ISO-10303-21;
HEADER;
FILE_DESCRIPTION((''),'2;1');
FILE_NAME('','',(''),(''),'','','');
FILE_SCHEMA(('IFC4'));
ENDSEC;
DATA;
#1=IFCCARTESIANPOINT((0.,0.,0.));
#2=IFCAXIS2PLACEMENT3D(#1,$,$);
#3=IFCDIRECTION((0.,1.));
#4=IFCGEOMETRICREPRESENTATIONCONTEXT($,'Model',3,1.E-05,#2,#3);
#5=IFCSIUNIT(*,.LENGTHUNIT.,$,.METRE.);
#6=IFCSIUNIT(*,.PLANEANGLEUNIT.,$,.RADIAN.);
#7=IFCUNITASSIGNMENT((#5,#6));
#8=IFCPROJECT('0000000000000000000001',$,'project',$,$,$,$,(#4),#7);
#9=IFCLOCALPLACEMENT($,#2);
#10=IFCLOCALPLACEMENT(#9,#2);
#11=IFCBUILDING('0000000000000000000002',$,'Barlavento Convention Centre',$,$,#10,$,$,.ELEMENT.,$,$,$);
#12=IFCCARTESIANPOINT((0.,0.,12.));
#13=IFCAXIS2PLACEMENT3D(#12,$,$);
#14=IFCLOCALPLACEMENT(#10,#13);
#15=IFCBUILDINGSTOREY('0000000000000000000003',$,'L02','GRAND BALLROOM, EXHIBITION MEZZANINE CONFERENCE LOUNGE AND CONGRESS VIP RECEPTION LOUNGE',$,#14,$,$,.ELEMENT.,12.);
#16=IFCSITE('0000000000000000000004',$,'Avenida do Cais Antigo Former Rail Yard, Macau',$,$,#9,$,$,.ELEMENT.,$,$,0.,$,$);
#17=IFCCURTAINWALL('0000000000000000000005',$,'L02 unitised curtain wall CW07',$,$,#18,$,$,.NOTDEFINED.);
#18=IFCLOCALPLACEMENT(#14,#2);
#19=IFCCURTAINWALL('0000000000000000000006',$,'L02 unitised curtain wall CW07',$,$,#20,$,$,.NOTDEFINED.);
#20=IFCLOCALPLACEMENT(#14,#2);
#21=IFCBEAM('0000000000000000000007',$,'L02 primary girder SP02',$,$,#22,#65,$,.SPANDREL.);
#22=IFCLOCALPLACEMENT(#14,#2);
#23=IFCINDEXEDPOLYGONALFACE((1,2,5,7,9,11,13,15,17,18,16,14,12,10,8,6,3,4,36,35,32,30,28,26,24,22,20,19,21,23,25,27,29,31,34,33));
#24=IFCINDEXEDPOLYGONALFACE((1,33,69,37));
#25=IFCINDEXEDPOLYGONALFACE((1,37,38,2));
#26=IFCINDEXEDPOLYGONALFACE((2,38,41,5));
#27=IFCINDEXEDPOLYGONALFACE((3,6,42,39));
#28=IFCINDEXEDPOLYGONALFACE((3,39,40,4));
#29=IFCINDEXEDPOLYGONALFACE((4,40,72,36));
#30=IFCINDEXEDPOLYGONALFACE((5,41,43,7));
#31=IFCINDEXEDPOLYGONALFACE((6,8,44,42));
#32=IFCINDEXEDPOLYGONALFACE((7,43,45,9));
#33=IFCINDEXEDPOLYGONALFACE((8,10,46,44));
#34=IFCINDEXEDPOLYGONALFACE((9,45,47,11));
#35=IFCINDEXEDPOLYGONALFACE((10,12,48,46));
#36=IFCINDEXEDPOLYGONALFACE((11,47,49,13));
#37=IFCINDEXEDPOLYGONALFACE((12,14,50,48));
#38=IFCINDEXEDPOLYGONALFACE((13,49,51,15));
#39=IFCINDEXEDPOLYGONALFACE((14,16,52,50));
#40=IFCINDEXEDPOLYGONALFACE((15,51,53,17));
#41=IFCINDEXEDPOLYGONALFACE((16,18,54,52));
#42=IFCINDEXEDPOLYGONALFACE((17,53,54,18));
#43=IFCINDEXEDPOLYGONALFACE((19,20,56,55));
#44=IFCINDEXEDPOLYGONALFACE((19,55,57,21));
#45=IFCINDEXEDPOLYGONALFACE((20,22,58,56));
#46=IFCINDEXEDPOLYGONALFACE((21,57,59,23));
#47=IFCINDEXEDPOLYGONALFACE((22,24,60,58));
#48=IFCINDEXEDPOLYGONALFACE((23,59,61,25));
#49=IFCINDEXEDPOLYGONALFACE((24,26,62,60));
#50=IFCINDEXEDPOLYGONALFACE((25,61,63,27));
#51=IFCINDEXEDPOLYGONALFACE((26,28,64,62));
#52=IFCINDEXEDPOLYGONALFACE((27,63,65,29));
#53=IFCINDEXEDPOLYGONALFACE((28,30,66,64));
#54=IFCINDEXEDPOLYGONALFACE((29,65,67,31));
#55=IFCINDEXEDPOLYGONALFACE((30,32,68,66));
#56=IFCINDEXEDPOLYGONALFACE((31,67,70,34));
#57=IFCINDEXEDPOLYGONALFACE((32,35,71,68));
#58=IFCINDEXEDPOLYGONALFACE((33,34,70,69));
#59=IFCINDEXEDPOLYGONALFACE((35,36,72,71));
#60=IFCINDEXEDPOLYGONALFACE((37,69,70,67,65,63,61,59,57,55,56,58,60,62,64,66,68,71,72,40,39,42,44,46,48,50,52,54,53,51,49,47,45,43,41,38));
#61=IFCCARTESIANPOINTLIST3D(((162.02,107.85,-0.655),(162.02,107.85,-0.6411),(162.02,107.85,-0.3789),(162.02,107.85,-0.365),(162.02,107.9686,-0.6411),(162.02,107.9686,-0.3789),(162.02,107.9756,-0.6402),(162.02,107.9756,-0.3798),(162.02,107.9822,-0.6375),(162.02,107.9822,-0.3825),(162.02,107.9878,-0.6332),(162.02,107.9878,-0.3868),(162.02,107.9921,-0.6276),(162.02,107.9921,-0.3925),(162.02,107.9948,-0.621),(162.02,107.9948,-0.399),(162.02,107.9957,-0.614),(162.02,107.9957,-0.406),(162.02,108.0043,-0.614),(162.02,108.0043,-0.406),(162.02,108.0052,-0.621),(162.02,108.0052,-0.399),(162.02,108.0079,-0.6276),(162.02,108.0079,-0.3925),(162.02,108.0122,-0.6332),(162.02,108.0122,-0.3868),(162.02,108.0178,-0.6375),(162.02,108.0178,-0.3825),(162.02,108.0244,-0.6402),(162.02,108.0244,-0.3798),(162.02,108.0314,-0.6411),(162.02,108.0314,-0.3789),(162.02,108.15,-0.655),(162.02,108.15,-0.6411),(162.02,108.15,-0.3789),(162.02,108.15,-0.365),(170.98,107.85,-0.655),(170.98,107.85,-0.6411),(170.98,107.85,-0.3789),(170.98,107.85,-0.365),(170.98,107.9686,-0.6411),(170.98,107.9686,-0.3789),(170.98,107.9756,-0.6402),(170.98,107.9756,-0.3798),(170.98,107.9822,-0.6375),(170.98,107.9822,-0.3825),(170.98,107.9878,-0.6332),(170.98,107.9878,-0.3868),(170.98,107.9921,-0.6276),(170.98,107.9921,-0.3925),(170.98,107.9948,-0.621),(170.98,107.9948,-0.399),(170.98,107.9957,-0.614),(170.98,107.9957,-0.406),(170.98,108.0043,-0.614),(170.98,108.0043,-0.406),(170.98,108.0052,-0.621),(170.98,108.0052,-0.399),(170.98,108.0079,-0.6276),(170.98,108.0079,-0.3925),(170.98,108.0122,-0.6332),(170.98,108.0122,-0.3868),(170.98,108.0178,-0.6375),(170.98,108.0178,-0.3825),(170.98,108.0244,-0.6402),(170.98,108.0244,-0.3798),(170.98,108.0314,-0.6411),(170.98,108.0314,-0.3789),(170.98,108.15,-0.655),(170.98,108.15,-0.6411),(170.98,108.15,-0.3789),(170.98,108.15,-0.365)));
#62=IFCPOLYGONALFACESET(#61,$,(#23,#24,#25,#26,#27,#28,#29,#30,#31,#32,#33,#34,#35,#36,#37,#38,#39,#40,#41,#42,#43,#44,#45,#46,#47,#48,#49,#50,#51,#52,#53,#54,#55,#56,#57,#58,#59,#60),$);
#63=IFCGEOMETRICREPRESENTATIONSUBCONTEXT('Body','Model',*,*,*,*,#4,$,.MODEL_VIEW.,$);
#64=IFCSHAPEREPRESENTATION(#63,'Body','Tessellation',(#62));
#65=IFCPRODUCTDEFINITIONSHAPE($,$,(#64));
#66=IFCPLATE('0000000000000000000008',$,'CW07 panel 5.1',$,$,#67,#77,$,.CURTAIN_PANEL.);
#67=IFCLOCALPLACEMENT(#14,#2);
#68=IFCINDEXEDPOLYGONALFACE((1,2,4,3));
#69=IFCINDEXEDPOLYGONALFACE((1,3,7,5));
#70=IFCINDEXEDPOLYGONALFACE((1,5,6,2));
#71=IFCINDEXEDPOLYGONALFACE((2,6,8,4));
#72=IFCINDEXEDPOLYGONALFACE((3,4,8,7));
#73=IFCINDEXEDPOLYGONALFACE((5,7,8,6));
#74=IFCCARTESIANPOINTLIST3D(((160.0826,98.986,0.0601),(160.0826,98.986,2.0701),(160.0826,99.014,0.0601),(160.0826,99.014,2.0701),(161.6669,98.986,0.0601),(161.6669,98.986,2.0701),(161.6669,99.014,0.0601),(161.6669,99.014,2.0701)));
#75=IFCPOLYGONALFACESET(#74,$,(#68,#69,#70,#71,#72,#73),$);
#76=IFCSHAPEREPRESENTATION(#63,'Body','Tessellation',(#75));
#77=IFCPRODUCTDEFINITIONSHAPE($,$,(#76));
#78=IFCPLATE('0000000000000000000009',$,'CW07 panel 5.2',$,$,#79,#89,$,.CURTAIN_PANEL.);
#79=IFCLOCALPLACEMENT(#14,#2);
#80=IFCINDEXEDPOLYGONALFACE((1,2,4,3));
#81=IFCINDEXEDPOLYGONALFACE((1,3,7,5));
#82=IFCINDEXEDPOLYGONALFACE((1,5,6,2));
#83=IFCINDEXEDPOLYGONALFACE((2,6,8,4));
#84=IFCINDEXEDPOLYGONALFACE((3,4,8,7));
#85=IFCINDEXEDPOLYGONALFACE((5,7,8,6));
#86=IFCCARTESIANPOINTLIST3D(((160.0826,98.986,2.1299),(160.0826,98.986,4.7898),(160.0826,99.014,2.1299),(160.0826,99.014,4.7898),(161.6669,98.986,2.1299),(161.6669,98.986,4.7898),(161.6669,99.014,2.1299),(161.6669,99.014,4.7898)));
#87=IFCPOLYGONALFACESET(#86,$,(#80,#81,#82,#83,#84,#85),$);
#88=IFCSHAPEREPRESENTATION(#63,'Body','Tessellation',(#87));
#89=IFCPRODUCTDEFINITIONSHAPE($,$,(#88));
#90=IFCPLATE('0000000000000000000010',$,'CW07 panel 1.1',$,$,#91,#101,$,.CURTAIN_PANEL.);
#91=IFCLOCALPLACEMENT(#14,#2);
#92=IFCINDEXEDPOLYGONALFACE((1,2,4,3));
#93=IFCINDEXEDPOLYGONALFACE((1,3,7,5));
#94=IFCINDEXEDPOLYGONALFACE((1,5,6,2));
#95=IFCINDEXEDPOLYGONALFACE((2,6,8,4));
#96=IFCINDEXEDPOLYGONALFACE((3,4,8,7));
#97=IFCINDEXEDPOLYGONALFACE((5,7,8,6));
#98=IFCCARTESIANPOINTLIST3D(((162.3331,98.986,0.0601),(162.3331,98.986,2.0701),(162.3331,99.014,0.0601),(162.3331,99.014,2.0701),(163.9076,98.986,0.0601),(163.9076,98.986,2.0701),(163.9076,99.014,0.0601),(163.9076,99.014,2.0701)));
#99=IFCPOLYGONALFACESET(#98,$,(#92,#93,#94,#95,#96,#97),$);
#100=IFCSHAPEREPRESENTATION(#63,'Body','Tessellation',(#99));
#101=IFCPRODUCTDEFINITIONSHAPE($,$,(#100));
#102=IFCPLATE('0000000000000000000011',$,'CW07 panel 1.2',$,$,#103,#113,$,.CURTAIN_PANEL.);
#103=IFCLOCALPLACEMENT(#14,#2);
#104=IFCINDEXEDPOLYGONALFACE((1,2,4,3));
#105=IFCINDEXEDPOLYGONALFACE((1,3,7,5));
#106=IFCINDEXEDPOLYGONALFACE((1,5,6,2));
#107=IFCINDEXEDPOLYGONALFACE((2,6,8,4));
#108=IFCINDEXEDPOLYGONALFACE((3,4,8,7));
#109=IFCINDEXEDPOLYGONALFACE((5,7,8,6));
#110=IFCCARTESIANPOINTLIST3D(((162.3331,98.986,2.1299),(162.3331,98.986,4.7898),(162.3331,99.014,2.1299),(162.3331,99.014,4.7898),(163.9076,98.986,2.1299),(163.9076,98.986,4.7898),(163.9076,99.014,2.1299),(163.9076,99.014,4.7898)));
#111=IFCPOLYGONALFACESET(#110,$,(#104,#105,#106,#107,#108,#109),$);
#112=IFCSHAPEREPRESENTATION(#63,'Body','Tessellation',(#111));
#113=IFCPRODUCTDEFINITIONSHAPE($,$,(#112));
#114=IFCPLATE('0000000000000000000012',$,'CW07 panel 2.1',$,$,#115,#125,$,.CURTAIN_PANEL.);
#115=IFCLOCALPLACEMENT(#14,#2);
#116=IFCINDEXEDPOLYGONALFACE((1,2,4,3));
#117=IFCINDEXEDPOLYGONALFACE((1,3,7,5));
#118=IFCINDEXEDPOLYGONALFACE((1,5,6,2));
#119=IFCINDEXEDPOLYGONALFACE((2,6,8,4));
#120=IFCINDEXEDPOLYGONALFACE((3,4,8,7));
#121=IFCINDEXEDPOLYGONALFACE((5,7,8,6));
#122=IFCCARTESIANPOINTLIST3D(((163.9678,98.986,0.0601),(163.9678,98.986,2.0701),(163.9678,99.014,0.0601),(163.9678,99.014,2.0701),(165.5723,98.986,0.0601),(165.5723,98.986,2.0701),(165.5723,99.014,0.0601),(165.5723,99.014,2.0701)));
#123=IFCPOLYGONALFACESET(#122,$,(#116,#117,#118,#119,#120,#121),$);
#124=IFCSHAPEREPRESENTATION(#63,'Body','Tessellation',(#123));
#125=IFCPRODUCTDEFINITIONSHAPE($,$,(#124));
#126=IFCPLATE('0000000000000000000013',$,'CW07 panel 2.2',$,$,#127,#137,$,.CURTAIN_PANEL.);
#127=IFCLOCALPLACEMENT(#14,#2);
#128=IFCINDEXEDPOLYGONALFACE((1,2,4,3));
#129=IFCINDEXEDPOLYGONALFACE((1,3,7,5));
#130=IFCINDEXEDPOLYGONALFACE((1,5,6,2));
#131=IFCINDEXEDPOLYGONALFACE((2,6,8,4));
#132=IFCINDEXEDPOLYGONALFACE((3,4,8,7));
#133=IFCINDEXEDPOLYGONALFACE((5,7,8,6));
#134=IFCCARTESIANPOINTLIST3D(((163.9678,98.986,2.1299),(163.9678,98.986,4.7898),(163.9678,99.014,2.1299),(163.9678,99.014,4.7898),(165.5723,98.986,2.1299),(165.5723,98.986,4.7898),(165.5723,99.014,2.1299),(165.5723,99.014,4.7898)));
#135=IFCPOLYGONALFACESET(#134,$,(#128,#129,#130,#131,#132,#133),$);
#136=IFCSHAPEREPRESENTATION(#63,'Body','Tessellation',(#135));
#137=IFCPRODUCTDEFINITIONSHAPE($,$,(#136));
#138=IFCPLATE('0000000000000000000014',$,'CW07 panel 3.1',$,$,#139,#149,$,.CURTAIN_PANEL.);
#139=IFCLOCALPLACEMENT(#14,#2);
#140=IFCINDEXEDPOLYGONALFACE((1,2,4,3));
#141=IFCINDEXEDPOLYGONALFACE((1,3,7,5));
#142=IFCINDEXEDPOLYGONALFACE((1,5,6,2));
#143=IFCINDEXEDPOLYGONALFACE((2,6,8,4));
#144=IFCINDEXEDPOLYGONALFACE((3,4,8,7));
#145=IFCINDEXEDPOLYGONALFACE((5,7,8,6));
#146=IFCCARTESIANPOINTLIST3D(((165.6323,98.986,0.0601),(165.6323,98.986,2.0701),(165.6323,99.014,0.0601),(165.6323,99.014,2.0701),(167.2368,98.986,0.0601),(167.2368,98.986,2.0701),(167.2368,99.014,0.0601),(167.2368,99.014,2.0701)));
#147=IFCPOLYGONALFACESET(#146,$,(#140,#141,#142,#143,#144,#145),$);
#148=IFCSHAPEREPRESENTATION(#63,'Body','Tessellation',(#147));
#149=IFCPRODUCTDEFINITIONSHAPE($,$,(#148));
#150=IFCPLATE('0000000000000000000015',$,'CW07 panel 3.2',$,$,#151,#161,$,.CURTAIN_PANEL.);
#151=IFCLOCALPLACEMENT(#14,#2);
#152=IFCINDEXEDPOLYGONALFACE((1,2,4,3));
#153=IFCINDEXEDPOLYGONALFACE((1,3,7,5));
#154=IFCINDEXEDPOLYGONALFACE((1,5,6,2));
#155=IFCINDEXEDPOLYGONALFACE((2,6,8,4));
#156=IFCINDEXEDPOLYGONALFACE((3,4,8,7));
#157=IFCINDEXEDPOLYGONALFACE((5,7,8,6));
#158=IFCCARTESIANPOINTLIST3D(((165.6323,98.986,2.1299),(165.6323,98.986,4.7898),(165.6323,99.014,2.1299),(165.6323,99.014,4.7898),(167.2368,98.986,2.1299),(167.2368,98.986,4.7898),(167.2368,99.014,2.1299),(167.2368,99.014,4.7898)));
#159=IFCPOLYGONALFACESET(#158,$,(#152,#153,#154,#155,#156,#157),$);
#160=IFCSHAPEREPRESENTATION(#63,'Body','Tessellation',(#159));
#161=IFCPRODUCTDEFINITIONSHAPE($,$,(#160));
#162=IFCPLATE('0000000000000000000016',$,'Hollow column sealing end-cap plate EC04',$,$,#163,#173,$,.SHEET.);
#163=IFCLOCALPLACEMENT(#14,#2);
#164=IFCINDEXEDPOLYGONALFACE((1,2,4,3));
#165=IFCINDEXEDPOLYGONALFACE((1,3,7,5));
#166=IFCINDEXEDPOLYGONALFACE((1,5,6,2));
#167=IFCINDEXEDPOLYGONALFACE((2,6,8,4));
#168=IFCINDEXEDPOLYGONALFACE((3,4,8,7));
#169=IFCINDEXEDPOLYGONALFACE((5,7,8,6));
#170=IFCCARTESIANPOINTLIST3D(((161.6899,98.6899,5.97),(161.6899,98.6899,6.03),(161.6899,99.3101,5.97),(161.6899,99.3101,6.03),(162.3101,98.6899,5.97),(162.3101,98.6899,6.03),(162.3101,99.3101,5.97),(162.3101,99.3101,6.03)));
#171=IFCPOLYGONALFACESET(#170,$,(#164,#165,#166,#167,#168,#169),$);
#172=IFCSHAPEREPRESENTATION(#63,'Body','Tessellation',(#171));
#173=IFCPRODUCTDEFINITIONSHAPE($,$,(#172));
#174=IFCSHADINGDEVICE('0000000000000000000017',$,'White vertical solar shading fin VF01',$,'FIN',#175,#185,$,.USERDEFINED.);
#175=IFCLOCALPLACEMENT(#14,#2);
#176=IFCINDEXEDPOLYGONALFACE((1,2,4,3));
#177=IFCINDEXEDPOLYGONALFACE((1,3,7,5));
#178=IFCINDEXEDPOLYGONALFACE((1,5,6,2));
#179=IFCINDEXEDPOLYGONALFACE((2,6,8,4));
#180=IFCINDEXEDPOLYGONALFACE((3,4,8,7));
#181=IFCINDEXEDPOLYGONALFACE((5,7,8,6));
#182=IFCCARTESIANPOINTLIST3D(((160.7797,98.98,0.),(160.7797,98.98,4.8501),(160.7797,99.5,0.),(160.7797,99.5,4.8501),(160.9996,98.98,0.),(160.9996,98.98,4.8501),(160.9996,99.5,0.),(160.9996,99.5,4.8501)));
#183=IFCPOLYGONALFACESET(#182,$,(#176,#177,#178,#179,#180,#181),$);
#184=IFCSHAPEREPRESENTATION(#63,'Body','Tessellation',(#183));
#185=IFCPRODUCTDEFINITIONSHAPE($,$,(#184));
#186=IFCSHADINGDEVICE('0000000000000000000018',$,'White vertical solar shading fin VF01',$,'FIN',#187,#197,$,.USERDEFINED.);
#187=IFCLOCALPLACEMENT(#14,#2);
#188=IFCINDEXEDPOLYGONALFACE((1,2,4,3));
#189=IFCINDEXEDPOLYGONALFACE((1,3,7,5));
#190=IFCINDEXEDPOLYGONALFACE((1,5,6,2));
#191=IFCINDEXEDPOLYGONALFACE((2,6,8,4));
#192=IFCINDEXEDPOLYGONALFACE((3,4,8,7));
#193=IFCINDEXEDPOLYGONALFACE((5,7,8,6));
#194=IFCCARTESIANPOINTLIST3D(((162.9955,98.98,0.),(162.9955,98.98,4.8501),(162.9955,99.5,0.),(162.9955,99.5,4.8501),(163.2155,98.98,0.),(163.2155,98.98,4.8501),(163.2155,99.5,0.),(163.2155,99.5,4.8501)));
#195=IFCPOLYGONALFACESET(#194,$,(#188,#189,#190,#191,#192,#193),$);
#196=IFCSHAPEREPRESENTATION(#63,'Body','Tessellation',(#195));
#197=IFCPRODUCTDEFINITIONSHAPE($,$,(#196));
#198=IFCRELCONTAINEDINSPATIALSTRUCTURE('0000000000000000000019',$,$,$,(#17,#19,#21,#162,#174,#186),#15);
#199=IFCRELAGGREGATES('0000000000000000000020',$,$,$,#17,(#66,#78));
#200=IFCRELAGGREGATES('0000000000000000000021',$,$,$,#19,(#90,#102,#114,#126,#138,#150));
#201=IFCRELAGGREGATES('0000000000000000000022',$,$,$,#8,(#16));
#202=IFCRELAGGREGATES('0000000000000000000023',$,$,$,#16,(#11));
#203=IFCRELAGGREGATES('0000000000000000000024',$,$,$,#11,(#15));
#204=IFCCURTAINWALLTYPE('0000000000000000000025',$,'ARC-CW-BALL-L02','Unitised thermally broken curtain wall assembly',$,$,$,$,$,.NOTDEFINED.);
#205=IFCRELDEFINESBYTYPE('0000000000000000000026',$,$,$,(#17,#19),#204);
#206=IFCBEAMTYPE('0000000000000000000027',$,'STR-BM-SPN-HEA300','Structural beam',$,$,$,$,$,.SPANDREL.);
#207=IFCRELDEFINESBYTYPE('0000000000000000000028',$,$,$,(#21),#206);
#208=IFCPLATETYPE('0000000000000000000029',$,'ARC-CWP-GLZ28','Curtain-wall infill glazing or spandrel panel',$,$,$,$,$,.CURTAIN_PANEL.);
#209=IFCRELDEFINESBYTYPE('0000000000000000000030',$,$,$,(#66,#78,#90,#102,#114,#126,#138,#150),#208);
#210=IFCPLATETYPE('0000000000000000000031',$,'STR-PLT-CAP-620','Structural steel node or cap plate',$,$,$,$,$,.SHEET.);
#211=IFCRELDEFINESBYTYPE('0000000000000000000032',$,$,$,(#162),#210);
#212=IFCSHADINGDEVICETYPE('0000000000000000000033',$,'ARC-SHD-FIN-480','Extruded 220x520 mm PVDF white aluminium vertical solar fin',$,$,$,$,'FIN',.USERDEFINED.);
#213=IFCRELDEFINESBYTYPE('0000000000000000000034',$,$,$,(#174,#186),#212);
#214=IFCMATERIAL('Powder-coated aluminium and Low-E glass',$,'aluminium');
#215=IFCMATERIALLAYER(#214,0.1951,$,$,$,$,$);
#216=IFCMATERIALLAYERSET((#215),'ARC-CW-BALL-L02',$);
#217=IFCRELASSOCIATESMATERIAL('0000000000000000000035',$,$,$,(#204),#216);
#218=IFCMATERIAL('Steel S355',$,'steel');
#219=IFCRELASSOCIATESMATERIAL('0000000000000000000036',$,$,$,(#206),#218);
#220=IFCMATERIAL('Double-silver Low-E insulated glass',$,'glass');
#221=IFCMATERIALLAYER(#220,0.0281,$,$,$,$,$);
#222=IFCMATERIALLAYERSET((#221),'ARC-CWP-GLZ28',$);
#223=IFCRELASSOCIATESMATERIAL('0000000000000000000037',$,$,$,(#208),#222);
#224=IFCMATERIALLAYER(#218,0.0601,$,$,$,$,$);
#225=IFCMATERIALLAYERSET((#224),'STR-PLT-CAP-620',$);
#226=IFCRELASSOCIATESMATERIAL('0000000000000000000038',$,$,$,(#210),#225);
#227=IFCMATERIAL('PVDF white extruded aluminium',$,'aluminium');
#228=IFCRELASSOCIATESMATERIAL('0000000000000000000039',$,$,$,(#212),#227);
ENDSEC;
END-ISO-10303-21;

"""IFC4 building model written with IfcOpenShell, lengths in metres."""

from ifc_helpers import new_model, si_unit, direction, frame, origin, origin_2d, place, context, subcontext, project, spatial, rectangle, i_section, extrude, material, layer, layer_set, material_profile, profile_set, type_object, element, aggregate, save


model = new_model("IFC4")

# Units and contexts
model_context = context("Model", 3, precision=1e-05, world=origin(), true_north=direction((0.0, 1.0)))
body_context = subcontext(model_context, "Body", "Model", "MODEL_VIEW")
ifc_project = project(units=[si_unit("LENGTHUNIT", "METRE"), si_unit("PLANEANGLEUNIT", "RADIAN")], contexts=[model_context])

# Site, building, storey
site_placement = place(None, origin())
site = spatial("IfcSite", under=ifc_project, at=site_placement, Name="Avenida do Cais Antigo Former Rail Yard, Macau", CompositionType="ELEMENT", RefElevation=0.0)
building_placement = place(site_placement, origin())
building = spatial("IfcBuilding", under=site, at=building_placement, Name="Barlavento Convention Centre", CompositionType="ELEMENT")
storey_placement = place(building_placement, frame((0.0, 0.0, 12.0)))
storey = spatial("IfcBuildingStorey", under=building, at=storey_placement, Name="L02", Description="GRAND BALLROOM, EXHIBITION MEZZANINE CONFERENCE LOUNGE AND CONGRESS VIP RECEPTION LOUNGE", CompositionType="ELEMENT", Elevation=12.0)

# Shared definitions
ifc_material_1 = material(Name="Steel S355", Category="steel")

# Curtain wall
ifc_material_2 = material(Name="Powder-coated aluminium and Low-E glass", Category="aluminium")
ifc_layer_1 = layer(ifc_material_2, 0.1951)
ifc_layer_set_1 = layer_set([ifc_layer_1], Name="ARC-CW-BALL-L02")
curtain_wall_type = type_object("IfcCurtainWallType", Name="ARC-CW-BALL-L02", Description="Unitised thermally broken curtain wall assembly", PredefinedType="NOTDEFINED", material=ifc_layer_set_1)
curtain_wall_1_placement = place(storey_placement, origin())
curtain_wall_1 = element("IfcCurtainWall", 1, at=curtain_wall_1_placement, inside=storey, type_object=curtain_wall_type, Name="L02 unitised curtain wall CW07", PredefinedType="NOTDEFINED")

# Curtain wall
curtain_wall_2_placement = place(storey_placement, origin())
curtain_wall_2 = element("IfcCurtainWall", 2, at=curtain_wall_2_placement, inside=storey, type_object=curtain_wall_type, Name="L02 unitised curtain wall CW07", PredefinedType="NOTDEFINED")

# Beam
ifc_material_profile_1 = material_profile(ifc_material_1, i_section(OverallWidth=0.3, OverallDepth=0.29, WebThickness=0.0085, FlangeThickness=0.0139, FilletRadius=0.0271, at=origin_2d()), Name="HEA 300")
ifc_profile_set_1 = profile_set([ifc_material_profile_1], Name="Steel S355")
beam_type_1 = type_object("IfcBeamType", Name="STR-BM-SPN-HEA300", Description="Structural beam", PredefinedType="SPANDREL", material=ifc_profile_set_1)
beam_1_placement = place(storey_placement, frame((162.02, 108.0, -0.51), z_axis=(1.0, 0.0, 0.0), x_axis=(0.0, 1.0, 0.0)))
element("IfcBeam", 3, at=beam_1_placement, inside=storey, type_object=beam_type_1, Name="L02 primary girder SP02", PredefinedType="SPANDREL", context=body_context, shape_type="SweptSolid", body=[
    extrude(i_section(OverallWidth=0.3, OverallDepth=0.29, WebThickness=0.0085, FlangeThickness=0.0139, FilletRadius=0.0271, at=origin_2d()), origin(), (0.0, 0.0, 1.0), 8.96),
])

# Plates
ifc_material_3 = material(Name="Double-silver Low-E insulated glass", Category="glass")
ifc_layer_2 = layer(ifc_material_3, 0.0281)
ifc_layer_set_2 = layer_set([ifc_layer_2], Name="ARC-CWP-GLZ28")
plate_type_1 = type_object("IfcPlateType", Name="ARC-CWP-GLZ28", Description="Curtain-wall infill glazing or spandrel panel", PredefinedType="CURTAIN_PANEL", material=ifc_layer_set_2)
plate_1_placement = place(storey_placement, frame((160.8748, 99.0, 0.0601), z_axis=(0.0, 0.0, 1.0), x_axis=(1.0, 0.0, 0.0)))
plate_1 = element("IfcPlate", 4, at=plate_1_placement, type_object=plate_type_1, Name="CW07 panel 5.1", PredefinedType="CURTAIN_PANEL", context=body_context, shape_type="SweptSolid", body=[
    extrude(rectangle(XDim=1.5842, YDim=0.0281, at=origin_2d()), origin(), (0.0, 0.0, 1.0), 2.01),
])
plate_2_placement = place(storey_placement, frame((160.8748, 99.0, 2.1299), z_axis=(0.0, 0.0, 1.0), x_axis=(1.0, 0.0, 0.0)))
plate_2 = element("IfcPlate", 5, at=plate_2_placement, type_object=plate_type_1, Name="CW07 panel 5.2", PredefinedType="CURTAIN_PANEL", context=body_context, shape_type="SweptSolid", body=[
    extrude(rectangle(XDim=1.5842, YDim=0.0281, at=origin_2d()), origin(), (0.0, 0.0, 1.0), 2.6599),
])
aggregate(curtain_wall_1, [plate_1, plate_2])
plate_3_placement = place(storey_placement, frame((163.1204, 99.0, 0.0601), z_axis=(0.0, 0.0, 1.0), x_axis=(1.0, 0.0, 0.0)))
plate_3 = element("IfcPlate", 6, at=plate_3_placement, type_object=plate_type_1, Name="CW07 panel 1.1", PredefinedType="CURTAIN_PANEL", context=body_context, shape_type="SweptSolid", body=[
    extrude(rectangle(XDim=1.5745, YDim=0.0281, at=origin_2d()), origin(), (0.0, 0.0, 1.0), 2.01),
])
plate_4_placement = place(storey_placement, frame((163.1204, 99.0, 2.1299), z_axis=(0.0, 0.0, 1.0), x_axis=(1.0, 0.0, 0.0)))
plate_4 = element("IfcPlate", 7, at=plate_4_placement, type_object=plate_type_1, Name="CW07 panel 1.2", PredefinedType="CURTAIN_PANEL", context=body_context, shape_type="SweptSolid", body=[
    extrude(rectangle(XDim=1.5745, YDim=0.0281, at=origin_2d()), origin(), (0.0, 0.0, 1.0), 2.6599),
])
plate_5_placement = place(storey_placement, frame((164.77, 99.0, 0.0601), z_axis=(0.0, 0.0, 1.0), x_axis=(1.0, 0.0, 0.0)))
plate_5 = element("IfcPlate", 8, at=plate_5_placement, type_object=plate_type_1, Name="CW07 panel 2.1", PredefinedType="CURTAIN_PANEL", context=body_context, shape_type="SweptSolid", body=[
    extrude(rectangle(XDim=1.6045, YDim=0.0281, at=origin_2d()), origin(), (0.0, 0.0, 1.0), 2.01),
])
plate_6_placement = place(storey_placement, frame((164.77, 99.0, 2.1299), z_axis=(0.0, 0.0, 1.0), x_axis=(1.0, 0.0, 0.0)))
plate_6 = element("IfcPlate", 9, at=plate_6_placement, type_object=plate_type_1, Name="CW07 panel 2.2", PredefinedType="CURTAIN_PANEL", context=body_context, shape_type="SweptSolid", body=[
    extrude(rectangle(XDim=1.6045, YDim=0.0281, at=origin_2d()), origin(), (0.0, 0.0, 1.0), 2.6599),
])
plate_7_placement = place(storey_placement, frame((166.4346, 99.0, 0.0601), z_axis=(0.0, 0.0, 1.0), x_axis=(1.0, 0.0, 0.0)))
plate_7 = element("IfcPlate", 10, at=plate_7_placement, type_object=plate_type_1, Name="CW07 panel 3.1", PredefinedType="CURTAIN_PANEL", context=body_context, shape_type="SweptSolid", body=[
    extrude(rectangle(XDim=1.6045, YDim=0.0281, at=origin_2d()), origin(), (0.0, 0.0, 1.0), 2.01),
])
plate_8_placement = place(storey_placement, frame((166.4346, 99.0, 2.1299), z_axis=(0.0, 0.0, 1.0), x_axis=(1.0, 0.0, 0.0)))
plate_8 = element("IfcPlate", 11, at=plate_8_placement, type_object=plate_type_1, Name="CW07 panel 3.2", PredefinedType="CURTAIN_PANEL", context=body_context, shape_type="SweptSolid", body=[
    extrude(rectangle(XDim=1.6045, YDim=0.0281, at=origin_2d()), origin(), (0.0, 0.0, 1.0), 2.6599),
])
aggregate(curtain_wall_2, [plate_3, plate_4, plate_5, plate_6, plate_7, plate_8])
ifc_layer_3 = layer(ifc_material_1, 0.0601)
ifc_layer_set_3 = layer_set([ifc_layer_3], Name="STR-PLT-CAP-620")
plate_type_2 = type_object("IfcPlateType", Name="STR-PLT-CAP-620", Description="Structural steel node or cap plate", PredefinedType="SHEET", material=ifc_layer_set_3)
plate_9_placement = place(storey_placement, frame((162.0, 99.0, 5.97), z_axis=(0.0, 0.0, 1.0), x_axis=(1.0, 0.0, 0.0)))
element("IfcPlate", 12, at=plate_9_placement, inside=storey, type_object=plate_type_2, Name="Hollow column sealing end-cap plate EC04", PredefinedType="SHEET", context=body_context, shape_type="SweptSolid", body=[
    extrude(rectangle(XDim=0.6201, YDim=0.6201, at=origin_2d()), origin(), (0.0, 0.0, 1.0), 0.0601),
])

# Shading devices
ifc_material_4 = material(Name="PVDF white extruded aluminium", Category="aluminium")
shading_device_type = type_object("IfcShadingDeviceType", Name="ARC-SHD-FIN-480", Description="Extruded 220x520 mm PVDF white aluminium vertical solar fin", ElementType="FIN", PredefinedType="USERDEFINED", material=ifc_material_4)
for number, where, z_axis, x_axis, name in (
    (13, (160.8896, 99.24, 0.0), (0.0, 0.0, 1.0), (1.0, 0.0, 0.0), "White vertical solar shading fin VF01"),
    (14, (163.1055, 99.24, 0.0), (0.0, 0.0, 1.0), (1.0, 0.0, 0.0), "White vertical solar shading fin VF01"),
):
    element("IfcShadingDevice", number, at=place(storey_placement, frame(where, z_axis=z_axis, x_axis=x_axis)), inside=storey, type_object=shading_device_type, Name=name, ObjectType="FIN", PredefinedType="USERDEFINED", context=body_context, shape_type="SweptSolid", body=[
        extrude(rectangle(XDim=0.22, YDim=0.52, at=origin_2d()), origin(), (0.0, 0.0, 1.0), 4.8501),
    ])

save(model, "model.ifc")
